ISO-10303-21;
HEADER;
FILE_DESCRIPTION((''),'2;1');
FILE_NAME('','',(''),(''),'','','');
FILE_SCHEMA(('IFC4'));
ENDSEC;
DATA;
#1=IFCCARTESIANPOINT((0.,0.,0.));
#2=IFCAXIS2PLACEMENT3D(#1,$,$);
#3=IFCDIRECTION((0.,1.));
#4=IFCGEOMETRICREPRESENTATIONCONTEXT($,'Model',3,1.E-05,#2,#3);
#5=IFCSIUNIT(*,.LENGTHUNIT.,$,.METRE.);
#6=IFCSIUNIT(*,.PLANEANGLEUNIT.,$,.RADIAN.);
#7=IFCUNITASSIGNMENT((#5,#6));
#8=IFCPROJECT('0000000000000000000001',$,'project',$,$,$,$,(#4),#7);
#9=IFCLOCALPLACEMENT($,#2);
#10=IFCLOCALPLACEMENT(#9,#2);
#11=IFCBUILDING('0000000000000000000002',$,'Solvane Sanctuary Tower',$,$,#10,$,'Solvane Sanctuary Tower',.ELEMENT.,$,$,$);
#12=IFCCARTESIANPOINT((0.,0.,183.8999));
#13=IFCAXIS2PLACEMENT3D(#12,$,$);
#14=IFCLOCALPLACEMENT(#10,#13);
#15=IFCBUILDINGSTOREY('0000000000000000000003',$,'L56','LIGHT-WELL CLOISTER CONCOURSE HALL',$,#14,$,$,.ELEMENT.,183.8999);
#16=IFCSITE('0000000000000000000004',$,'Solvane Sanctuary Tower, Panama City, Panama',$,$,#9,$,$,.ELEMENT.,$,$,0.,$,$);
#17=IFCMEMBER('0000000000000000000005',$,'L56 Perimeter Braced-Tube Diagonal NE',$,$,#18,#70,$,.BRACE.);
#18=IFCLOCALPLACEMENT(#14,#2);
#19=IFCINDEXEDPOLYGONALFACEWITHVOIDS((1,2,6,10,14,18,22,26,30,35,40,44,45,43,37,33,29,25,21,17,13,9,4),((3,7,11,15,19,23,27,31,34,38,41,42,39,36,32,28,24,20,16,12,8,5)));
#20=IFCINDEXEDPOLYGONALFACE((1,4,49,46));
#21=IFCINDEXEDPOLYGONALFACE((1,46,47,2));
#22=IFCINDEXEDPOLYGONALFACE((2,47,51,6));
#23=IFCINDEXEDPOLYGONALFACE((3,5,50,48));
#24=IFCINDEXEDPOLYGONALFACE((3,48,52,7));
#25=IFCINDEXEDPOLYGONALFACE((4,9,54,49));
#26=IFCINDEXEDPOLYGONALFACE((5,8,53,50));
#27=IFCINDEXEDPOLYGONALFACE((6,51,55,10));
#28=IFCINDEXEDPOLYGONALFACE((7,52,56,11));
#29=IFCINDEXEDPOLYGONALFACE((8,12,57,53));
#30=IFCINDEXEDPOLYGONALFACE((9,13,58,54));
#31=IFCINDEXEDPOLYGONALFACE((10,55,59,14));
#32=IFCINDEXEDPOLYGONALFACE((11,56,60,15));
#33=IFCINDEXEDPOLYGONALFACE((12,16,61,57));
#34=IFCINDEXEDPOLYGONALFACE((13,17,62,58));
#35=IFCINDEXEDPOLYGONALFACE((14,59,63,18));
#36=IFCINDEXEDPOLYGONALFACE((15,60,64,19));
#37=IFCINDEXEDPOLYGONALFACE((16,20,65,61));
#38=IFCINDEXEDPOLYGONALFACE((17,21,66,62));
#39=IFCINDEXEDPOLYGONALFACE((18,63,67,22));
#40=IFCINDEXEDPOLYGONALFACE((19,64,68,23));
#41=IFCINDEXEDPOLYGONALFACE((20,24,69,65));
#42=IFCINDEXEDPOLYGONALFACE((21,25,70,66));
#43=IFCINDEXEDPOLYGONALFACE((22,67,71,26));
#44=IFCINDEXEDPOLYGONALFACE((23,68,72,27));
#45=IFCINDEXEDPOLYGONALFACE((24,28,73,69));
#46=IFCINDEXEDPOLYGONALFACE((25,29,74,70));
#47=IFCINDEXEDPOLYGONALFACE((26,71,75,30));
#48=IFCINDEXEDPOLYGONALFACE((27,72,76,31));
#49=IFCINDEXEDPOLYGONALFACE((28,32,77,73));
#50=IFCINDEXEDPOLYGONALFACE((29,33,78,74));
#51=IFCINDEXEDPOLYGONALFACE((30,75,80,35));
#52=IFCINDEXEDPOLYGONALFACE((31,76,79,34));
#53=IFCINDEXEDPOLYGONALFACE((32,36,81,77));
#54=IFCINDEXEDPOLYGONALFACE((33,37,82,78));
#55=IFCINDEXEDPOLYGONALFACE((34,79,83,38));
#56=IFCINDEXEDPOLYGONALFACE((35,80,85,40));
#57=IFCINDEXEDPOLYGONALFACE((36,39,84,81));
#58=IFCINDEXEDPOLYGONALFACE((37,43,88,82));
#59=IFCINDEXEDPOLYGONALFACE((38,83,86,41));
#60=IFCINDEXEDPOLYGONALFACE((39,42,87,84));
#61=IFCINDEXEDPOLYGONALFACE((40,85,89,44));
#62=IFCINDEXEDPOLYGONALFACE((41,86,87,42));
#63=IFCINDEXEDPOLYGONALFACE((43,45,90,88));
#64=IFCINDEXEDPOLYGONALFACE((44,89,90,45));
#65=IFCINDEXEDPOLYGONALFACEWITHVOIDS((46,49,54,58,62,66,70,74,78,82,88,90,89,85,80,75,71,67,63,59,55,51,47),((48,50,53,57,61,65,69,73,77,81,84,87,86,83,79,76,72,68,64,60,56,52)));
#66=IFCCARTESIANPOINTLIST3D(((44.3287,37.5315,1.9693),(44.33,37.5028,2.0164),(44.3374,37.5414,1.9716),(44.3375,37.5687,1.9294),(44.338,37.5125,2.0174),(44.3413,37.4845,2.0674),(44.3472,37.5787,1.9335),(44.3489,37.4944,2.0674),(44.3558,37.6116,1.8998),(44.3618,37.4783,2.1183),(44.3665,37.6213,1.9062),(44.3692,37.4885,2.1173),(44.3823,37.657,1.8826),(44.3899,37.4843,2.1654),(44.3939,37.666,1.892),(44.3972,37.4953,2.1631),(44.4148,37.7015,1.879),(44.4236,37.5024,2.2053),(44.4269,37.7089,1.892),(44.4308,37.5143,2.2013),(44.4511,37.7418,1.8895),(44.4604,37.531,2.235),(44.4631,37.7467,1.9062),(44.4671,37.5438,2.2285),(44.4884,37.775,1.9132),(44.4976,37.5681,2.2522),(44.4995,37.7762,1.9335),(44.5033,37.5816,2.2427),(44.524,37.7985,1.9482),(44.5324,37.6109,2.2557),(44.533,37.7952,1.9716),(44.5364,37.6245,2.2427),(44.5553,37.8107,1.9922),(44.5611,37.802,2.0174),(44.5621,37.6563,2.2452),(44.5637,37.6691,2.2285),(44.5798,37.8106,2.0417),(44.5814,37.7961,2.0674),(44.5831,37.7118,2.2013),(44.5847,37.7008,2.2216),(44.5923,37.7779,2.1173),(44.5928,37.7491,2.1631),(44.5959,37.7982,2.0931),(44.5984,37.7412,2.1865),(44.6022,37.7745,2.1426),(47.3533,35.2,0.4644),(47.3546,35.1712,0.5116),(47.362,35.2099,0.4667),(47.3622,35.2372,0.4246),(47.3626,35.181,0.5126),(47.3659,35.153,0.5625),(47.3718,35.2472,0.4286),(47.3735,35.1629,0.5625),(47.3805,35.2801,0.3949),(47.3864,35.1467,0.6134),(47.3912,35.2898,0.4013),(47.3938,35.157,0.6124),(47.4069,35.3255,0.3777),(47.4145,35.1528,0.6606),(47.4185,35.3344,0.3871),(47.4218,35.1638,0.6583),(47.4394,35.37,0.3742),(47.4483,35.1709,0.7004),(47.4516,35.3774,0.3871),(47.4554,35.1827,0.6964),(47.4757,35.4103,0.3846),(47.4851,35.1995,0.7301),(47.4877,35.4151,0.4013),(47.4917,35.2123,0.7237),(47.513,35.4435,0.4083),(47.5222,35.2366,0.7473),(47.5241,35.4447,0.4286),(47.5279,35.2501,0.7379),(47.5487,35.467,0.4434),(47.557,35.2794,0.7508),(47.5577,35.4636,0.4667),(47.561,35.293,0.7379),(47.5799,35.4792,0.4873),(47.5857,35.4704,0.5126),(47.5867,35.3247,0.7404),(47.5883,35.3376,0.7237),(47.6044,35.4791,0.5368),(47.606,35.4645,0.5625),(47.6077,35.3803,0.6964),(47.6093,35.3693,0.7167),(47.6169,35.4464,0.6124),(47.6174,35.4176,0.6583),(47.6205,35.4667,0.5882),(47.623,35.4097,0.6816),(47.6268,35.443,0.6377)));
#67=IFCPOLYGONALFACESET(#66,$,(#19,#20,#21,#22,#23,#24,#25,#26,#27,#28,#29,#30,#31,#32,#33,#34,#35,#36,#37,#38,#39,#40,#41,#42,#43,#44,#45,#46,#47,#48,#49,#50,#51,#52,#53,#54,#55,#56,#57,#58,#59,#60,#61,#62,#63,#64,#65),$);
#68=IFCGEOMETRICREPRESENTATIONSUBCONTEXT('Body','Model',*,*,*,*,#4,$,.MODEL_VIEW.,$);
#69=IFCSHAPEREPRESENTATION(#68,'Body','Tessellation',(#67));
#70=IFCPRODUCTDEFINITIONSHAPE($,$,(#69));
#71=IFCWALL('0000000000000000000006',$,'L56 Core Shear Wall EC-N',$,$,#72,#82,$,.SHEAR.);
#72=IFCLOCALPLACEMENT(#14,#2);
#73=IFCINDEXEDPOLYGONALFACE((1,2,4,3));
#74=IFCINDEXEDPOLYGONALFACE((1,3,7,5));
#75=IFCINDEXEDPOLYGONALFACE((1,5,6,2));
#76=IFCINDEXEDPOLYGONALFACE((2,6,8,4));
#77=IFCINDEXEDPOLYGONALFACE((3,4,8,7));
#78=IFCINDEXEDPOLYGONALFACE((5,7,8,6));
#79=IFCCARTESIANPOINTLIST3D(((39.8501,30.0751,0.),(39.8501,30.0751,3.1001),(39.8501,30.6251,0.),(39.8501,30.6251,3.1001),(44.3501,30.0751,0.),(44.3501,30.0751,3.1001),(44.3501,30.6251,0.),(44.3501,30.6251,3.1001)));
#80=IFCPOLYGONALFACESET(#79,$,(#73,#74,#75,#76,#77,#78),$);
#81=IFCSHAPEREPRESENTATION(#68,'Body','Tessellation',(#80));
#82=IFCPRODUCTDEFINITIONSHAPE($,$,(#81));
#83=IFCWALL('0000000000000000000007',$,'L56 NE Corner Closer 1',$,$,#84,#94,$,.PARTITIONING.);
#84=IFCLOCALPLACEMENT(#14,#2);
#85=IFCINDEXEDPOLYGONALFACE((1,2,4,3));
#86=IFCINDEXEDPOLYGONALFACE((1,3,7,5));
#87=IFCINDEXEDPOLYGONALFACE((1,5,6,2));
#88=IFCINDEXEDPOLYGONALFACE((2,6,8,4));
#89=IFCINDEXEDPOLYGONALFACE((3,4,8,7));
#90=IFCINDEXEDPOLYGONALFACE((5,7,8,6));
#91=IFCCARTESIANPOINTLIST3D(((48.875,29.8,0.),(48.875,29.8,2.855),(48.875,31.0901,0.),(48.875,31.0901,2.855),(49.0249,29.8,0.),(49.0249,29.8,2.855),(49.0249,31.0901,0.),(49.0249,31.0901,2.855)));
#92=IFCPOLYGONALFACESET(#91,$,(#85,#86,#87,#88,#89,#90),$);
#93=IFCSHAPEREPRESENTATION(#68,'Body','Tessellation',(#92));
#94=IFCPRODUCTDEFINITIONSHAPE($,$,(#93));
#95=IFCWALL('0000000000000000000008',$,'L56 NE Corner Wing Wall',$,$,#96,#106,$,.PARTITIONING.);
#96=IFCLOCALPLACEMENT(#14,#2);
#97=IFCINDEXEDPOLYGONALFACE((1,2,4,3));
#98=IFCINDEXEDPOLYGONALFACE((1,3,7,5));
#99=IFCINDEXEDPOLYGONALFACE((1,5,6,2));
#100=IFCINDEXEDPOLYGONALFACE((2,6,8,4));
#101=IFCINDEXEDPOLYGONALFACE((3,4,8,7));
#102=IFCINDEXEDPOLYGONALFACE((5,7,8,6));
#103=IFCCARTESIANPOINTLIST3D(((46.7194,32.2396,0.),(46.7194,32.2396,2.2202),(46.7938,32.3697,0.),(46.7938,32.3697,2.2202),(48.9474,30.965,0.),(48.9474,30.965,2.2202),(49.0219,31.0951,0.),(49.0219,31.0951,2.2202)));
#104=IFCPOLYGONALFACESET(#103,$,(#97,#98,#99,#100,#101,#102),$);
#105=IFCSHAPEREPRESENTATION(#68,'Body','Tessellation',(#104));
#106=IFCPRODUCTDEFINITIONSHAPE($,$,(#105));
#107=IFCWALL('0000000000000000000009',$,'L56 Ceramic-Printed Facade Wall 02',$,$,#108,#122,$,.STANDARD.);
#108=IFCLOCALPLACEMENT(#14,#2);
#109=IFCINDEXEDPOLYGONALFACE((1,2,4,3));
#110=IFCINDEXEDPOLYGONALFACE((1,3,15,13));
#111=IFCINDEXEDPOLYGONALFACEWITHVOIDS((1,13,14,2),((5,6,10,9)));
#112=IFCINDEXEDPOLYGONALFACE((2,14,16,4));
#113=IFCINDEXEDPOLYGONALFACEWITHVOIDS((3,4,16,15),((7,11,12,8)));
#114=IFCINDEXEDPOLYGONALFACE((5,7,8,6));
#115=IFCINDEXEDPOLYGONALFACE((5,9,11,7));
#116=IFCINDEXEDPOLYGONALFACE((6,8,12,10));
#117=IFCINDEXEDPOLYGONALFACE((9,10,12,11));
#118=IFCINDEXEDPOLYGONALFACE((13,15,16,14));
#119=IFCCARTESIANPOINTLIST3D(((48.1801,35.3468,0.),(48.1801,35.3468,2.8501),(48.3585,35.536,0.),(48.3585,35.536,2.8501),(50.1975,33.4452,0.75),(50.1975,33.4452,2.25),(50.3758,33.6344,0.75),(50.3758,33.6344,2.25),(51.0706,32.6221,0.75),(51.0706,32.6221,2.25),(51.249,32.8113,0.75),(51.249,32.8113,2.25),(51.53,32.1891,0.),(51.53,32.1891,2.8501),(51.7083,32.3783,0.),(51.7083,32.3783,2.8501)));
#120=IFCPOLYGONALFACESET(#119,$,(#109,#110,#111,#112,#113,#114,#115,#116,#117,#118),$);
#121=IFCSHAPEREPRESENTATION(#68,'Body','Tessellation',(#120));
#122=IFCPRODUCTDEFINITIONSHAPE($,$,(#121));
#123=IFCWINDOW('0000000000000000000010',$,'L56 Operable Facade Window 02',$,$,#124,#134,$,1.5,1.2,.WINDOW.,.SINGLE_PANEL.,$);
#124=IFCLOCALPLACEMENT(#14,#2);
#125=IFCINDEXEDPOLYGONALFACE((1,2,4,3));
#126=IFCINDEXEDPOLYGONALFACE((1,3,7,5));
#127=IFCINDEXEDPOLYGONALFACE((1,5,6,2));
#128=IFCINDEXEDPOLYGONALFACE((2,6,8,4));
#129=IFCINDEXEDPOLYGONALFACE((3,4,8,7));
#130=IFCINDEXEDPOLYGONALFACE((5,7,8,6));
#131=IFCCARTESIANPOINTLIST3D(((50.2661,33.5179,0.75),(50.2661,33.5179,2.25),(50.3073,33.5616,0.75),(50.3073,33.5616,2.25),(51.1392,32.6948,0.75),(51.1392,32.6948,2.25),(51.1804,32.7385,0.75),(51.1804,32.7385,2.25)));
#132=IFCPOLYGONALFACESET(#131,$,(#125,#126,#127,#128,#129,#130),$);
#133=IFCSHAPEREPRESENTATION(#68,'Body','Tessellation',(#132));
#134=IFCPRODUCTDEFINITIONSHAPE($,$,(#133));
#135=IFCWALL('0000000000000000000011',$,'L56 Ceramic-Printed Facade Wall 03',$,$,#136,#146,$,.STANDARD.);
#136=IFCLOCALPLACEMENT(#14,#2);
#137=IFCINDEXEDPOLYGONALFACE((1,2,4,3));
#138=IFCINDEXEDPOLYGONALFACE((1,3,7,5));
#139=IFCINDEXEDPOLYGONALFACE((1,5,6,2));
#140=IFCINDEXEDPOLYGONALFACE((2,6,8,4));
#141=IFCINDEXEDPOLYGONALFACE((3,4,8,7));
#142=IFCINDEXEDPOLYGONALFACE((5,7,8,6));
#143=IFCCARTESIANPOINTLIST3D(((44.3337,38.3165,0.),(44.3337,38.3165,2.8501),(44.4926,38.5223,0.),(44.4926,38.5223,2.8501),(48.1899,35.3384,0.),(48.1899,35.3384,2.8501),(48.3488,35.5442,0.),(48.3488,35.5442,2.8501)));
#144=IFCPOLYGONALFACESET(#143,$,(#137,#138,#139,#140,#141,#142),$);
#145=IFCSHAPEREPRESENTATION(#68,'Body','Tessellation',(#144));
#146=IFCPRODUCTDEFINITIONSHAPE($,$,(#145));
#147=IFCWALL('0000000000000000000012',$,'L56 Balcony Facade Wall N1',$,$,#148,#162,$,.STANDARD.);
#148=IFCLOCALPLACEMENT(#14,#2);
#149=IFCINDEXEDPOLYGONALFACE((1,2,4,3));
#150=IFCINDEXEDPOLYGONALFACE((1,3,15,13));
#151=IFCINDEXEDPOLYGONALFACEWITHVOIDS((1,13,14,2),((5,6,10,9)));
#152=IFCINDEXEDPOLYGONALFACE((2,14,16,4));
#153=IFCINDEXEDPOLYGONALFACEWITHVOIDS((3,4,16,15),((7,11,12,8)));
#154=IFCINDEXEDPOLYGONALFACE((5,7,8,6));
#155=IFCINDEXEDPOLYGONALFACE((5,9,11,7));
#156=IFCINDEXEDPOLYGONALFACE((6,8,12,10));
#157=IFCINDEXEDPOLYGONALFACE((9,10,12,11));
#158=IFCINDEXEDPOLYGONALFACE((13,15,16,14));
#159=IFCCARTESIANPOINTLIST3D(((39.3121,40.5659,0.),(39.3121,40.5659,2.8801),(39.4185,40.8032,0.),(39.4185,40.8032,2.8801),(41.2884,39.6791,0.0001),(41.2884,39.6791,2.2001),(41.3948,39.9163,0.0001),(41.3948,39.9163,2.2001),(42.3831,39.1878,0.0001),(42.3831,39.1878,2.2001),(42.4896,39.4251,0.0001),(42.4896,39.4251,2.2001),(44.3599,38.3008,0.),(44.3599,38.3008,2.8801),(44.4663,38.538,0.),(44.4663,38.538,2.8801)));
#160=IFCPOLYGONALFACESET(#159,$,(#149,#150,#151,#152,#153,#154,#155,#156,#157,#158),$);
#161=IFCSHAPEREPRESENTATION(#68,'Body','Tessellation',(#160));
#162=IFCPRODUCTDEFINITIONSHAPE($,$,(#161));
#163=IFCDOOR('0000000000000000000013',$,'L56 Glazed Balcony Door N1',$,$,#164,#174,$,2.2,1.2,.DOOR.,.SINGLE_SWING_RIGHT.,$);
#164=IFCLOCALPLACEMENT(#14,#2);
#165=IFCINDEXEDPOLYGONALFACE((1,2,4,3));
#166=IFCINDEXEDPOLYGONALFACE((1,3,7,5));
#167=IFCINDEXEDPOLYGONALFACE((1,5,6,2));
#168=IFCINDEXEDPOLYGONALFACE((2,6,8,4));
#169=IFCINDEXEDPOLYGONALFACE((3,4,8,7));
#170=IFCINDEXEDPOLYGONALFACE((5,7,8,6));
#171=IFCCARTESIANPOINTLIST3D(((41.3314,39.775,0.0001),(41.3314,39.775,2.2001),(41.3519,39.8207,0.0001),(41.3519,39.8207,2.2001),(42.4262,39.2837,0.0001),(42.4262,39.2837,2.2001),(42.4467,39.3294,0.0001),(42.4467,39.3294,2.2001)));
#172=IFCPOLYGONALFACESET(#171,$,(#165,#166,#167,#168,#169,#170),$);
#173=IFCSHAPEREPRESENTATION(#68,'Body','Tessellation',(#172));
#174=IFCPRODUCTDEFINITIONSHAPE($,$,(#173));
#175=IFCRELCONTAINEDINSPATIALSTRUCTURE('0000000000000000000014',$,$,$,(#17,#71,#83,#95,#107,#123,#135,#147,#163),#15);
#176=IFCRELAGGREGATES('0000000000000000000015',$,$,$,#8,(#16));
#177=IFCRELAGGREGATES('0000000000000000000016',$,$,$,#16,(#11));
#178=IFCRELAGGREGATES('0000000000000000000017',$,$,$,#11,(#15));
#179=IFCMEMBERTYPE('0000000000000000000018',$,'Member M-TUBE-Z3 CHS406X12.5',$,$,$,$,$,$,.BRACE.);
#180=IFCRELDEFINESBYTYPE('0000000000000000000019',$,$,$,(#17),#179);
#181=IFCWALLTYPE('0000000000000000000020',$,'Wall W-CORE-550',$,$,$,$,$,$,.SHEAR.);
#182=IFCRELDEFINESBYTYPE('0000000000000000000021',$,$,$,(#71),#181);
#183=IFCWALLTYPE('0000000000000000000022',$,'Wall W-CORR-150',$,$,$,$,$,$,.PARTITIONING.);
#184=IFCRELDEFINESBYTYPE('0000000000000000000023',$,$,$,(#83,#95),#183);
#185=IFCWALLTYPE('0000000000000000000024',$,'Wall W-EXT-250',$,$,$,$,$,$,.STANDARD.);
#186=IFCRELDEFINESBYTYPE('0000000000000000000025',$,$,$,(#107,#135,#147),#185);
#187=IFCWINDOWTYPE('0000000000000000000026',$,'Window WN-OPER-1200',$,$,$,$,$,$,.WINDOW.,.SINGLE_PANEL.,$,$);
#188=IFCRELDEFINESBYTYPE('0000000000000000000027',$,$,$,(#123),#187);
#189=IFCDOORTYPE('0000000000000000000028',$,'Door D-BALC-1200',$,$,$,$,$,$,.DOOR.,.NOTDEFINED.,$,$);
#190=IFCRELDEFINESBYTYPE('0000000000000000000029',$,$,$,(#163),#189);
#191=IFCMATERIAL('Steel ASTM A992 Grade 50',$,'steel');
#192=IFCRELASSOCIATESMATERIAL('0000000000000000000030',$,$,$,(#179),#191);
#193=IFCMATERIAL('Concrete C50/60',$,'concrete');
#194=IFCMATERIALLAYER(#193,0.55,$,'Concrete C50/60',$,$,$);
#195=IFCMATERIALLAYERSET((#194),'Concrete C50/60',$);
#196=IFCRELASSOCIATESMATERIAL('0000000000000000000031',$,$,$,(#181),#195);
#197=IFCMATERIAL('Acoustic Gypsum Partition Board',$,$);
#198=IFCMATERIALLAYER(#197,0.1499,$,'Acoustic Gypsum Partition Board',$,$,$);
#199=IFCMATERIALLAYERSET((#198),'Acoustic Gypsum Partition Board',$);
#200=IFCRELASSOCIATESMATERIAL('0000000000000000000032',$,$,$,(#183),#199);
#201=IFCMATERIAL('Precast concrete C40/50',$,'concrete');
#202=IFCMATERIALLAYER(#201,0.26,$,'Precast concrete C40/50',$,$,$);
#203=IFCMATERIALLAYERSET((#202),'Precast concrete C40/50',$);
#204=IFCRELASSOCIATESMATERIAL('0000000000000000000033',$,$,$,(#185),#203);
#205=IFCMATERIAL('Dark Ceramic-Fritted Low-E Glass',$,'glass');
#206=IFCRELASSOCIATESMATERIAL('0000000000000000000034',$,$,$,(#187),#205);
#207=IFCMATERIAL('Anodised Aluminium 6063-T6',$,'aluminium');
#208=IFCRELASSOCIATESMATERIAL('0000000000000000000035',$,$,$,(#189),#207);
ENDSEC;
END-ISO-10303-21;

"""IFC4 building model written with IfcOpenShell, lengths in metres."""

from ifc_helpers import new_model, si_unit, direction, frame, frame_2d, origin, origin_2d, place, context, subcontext, project, spatial, rectangle, hollow_circle, extrude, material, layer, layer_set, material_profile, profile_set, type_object, element, fill, save


model = new_model("IFC4")

# Units and contexts
model_context = context("Model", 3, precision=1e-05, world=origin(), true_north=direction((0.0, 1.0)))
body_context = subcontext(model_context, "Body", "Model", "MODEL_VIEW")
ifc_project = project(units=[si_unit("LENGTHUNIT", "METRE"), si_unit("PLANEANGLEUNIT", "RADIAN")], contexts=[model_context])

# Site, building, storey
site_placement = place(None, origin())
site = spatial("IfcSite", under=ifc_project, at=site_placement, Name="Solvane Sanctuary Tower, Panama City, Panama", CompositionType="ELEMENT", RefElevation=0.0)
building_placement = place(site_placement, origin())
building = spatial("IfcBuilding", under=site, at=building_placement, Name="Solvane Sanctuary Tower", LongName="Solvane Sanctuary Tower", CompositionType="ELEMENT")
storey_placement = place(building_placement, frame((0.0, 0.0, 183.8999)))
storey = spatial("IfcBuildingStorey", under=building, at=storey_placement, Name="L56", Description="LIGHT-WELL CLOISTER CONCOURSE HALL", CompositionType="ELEMENT", Elevation=183.8999)

# Shared definitions
ifc_material_1 = material(Name="Steel ASTM A992 Grade 50", Category="steel")

# Member
ifc_material_profile_1 = material_profile(ifc_material_1, hollow_circle(Radius=0.2029, WallThickness=0.0125, at=origin_2d()), Name="CHS406X12.5")
ifc_profile_set_1 = profile_set([ifc_material_profile_1], Name="Steel ASTM A992 Grade 50")
member_type = type_object("IfcMemberType", Name="Member M-TUBE-Z3 CHS406X12.5", PredefinedType="BRACE", material=ifc_profile_set_1)
member_placement = place(storey_placement, frame((47.4897, 35.3137, 0.5625), z_axis=(-0.73686, 0.568005, 0.366616), x_axis=(-0.610514, -0.792006, 0.0)))
element("IfcMember", 1, at=member_placement, inside=storey, type_object=member_type, Name="L56 Perimeter Braced-Tube Diagonal NE", PredefinedType="BRACE", context=body_context, shape_type="SweptSolid", body=[
    extrude(hollow_circle(Radius=0.2029, WallThickness=0.0125, at=origin_2d()), origin(), (0.0, 0.0, 1.0), 4.1047),
])

# Walls
ifc_material_2 = material(Name="Concrete C50/60", Category="concrete")
ifc_layer_1 = layer(ifc_material_2, 0.55, Name="Concrete C50/60")
ifc_layer_set_1 = layer_set([ifc_layer_1], Name="Concrete C50/60")
wall_type_1 = type_object("IfcWallType", Name="Wall W-CORE-550", PredefinedType="SHEAR", material=ifc_layer_set_1)
wall_1_placement = place(storey_placement, frame((39.8501, 30.3501, 0.0), z_axis=(0.0, 0.0, 1.0), x_axis=(1.0, 0.0, 0.0)))
element("IfcWall", 2, at=wall_1_placement, inside=storey, type_object=wall_type_1, Name="L56 Core Shear Wall EC-N", PredefinedType="SHEAR", context=body_context, shape_type="SweptSolid", body=[
    extrude(rectangle(XDim=4.5, YDim=0.55, at=frame_2d((2.25, 0.0))), origin(), (0.0, 0.0, 1.0), 3.1001),
])
ifc_material_3 = material(Name="Acoustic Gypsum Partition Board")
ifc_layer_2 = layer(ifc_material_3, 0.1499, Name="Acoustic Gypsum Partition Board")
ifc_layer_set_2 = layer_set([ifc_layer_2], Name="Acoustic Gypsum Partition Board")
wall_type_2 = type_object("IfcWallType", Name="Wall W-CORR-150", PredefinedType="PARTITIONING", material=ifc_layer_set_2)
wall_2_placement = place(storey_placement, frame((48.95, 29.8, 0.0), z_axis=(0.0, 0.0, 1.0), x_axis=(0.0, 1.0, 0.0)))
element("IfcWall", 3, at=wall_2_placement, inside=storey, type_object=wall_type_2, Name="L56 NE Corner Closer 1", PredefinedType="PARTITIONING", context=body_context, shape_type="SweptSolid", body=[
    extrude(rectangle(XDim=1.29, YDim=0.1499, at=frame_2d((0.645, 0.0))), origin(), (0.0, 0.0, 1.0), 2.855),
])
wall_3_placement = place(storey_placement, frame((46.7566, 32.3047, 0.0), z_axis=(0.0, 0.0, 1.0), x_axis=(0.867991, -0.496579, 0.0)))
element("IfcWall", 4, at=wall_3_placement, inside=storey, type_object=wall_type_2, Name="L56 NE Corner Wing Wall", PredefinedType="PARTITIONING", context=body_context, shape_type="SweptSolid", body=[
    extrude(rectangle(XDim=2.5669, YDim=0.1499, at=frame_2d((1.2834, 0.0))), origin(), (0.0, 0.0, 1.0), 2.2202),
])

# Wall, opening, window
ifc_material_4 = material(Name="Precast concrete C40/50", Category="concrete")
ifc_layer_3 = layer(ifc_material_4, 0.26, Name="Precast concrete C40/50")
ifc_layer_set_3 = layer_set([ifc_layer_3], Name="Precast concrete C40/50")
wall_type_3 = type_object("IfcWallType", Name="Wall W-EXT-250", PredefinedType="STANDARD", material=ifc_layer_set_3)
wall_4_placement = place(storey_placement, frame((51.6191, 32.2837, 0.0), z_axis=(0.0, 0.0, 1.0), x_axis=(-0.727667, 0.68593, 0.0)))
wall_4 = element("IfcWall", 5, at=wall_4_placement, inside=storey, type_object=wall_type_3, Name="L56 Ceramic-Printed Facade Wall 02", PredefinedType="STANDARD", context=body_context, shape_type="SweptSolid", body=[
    extrude(rectangle(XDim=4.6035, YDim=0.26, at=frame_2d((2.3018, 0.0))), origin(), (0.0, 0.0, 1.0), 2.8501),
])
opening_1_placement = place(wall_4_placement, frame((0.6311, 0.0, 0.75)))
opening_1 = element("IfcOpeningElement", 6, at=opening_1_placement, cuts=wall_4, PredefinedType="OPENING", context=body_context, shape_type="SweptSolid", body=[
    extrude(rectangle(XDim=1.2, YDim=1.5, at=frame_2d((0.6001, 0.75))), frame((0.0, 0.1399, 0.0), z_axis=(0.0, -1.0, 0.0), x_axis=(1.0, 0.0, 0.0)), (0.0, 0.0, 1.0), 0.28),
])
ifc_material_5 = material(Name="Dark Ceramic-Fritted Low-E Glass", Category="glass")
window_type = type_object("IfcWindowType", Name="Window WN-OPER-1200", PartitioningType="SINGLE_PANEL", PredefinedType="WINDOW", material=ifc_material_5)
window_placement = place(opening_1_placement, origin())
window = element("IfcWindow", 7, at=window_placement, inside=storey, type_object=window_type, Name="L56 Operable Facade Window 02", OverallHeight=1.5, OverallWidth=1.2, PartitioningType="SINGLE_PANEL", PredefinedType="WINDOW", context=body_context, shape_type="SweptSolid", body=[
    extrude(rectangle(XDim=1.2, YDim=1.5, at=frame_2d((0.6001, 0.75))), frame((0.0, 0.03, 0.0), z_axis=(0.0, -1.0, 0.0), x_axis=(1.0, 0.0, 0.0)), (0.0, 0.0, 1.0), 0.0601),
])
fill(opening_1, window)

# Wall
wall_5_placement = place(storey_placement, frame((48.2693, 35.4414, 0.0), z_axis=(0.0, 0.0, 1.0), x_axis=(-0.79146, 0.611221, 0.0)))
element("IfcWall", 8, at=wall_5_placement, inside=storey, type_object=wall_type_3, Name="L56 Ceramic-Printed Facade Wall 03", PredefinedType="STANDARD", context=body_context, shape_type="SweptSolid", body=[
    extrude(rectangle(XDim=4.8723, YDim=0.26, at=frame_2d((2.436, 0.0))), origin(), (0.0, 0.0, 1.0), 2.8501),
])

# Wall, opening, door
wall_6_placement = place(storey_placement, frame((44.4131, 38.4194, 0.0), z_axis=(0.0, 0.0, 1.0), x_axis=(-0.912354, 0.409403, 0.0)))
wall_6 = element("IfcWall", 9, at=wall_6_placement, inside=storey, type_object=wall_type_3, Name="L56 Balcony Facade Wall N1", PredefinedType="STANDARD", context=body_context, shape_type="SweptSolid", body=[
    extrude(rectangle(XDim=5.5327, YDim=0.26, at=frame_2d((2.7664, 0.0))), origin(), (0.0, 0.0, 1.0), 2.8801),
])
opening_2_placement = place(wall_6_placement, frame((2.1665, 0.0, 0.0)))
opening_2 = element("IfcOpeningElement", 10, at=opening_2_placement, cuts=wall_6, PredefinedType="OPENING", context=body_context, shape_type="SweptSolid", body=[
    extrude(rectangle(XDim=1.2, YDim=2.2, at=frame_2d((0.6001, 1.1001))), frame((0.0, 0.1399, 0.0), z_axis=(0.0, -1.0, 0.0), x_axis=(1.0, 0.0, 0.0)), (0.0, 0.0, 1.0), 0.28),
])
ifc_material_6 = material(Name="Anodised Aluminium 6063-T6", Category="aluminium")
door_type_1 = type_object("IfcDoorType", Name="Door D-BALC-1200", OperationType="NOTDEFINED", PredefinedType="DOOR", material=ifc_material_6)
door_1_placement = place(opening_2_placement, origin())
door_1 = element("IfcDoor", 11, at=door_1_placement, inside=storey, type_object=door_type_1, Name="L56 Glazed Balcony Door N1", OperationType="SINGLE_SWING_RIGHT", OverallHeight=2.2, OverallWidth=1.2, PredefinedType="DOOR", context=body_context, shape_type="SweptSolid", body=[
    extrude(rectangle(XDim=1.2, YDim=2.2, at=frame_2d((0.6001, 1.1001))), frame((0.0, 0.0249, 0.0), z_axis=(0.0, -1.0, 0.0), x_axis=(1.0, 0.0, 0.0)), (0.0, 0.0, 1.0), 0.05),
])
fill(opening_2, door_1)

save(model, "model.ifc")
